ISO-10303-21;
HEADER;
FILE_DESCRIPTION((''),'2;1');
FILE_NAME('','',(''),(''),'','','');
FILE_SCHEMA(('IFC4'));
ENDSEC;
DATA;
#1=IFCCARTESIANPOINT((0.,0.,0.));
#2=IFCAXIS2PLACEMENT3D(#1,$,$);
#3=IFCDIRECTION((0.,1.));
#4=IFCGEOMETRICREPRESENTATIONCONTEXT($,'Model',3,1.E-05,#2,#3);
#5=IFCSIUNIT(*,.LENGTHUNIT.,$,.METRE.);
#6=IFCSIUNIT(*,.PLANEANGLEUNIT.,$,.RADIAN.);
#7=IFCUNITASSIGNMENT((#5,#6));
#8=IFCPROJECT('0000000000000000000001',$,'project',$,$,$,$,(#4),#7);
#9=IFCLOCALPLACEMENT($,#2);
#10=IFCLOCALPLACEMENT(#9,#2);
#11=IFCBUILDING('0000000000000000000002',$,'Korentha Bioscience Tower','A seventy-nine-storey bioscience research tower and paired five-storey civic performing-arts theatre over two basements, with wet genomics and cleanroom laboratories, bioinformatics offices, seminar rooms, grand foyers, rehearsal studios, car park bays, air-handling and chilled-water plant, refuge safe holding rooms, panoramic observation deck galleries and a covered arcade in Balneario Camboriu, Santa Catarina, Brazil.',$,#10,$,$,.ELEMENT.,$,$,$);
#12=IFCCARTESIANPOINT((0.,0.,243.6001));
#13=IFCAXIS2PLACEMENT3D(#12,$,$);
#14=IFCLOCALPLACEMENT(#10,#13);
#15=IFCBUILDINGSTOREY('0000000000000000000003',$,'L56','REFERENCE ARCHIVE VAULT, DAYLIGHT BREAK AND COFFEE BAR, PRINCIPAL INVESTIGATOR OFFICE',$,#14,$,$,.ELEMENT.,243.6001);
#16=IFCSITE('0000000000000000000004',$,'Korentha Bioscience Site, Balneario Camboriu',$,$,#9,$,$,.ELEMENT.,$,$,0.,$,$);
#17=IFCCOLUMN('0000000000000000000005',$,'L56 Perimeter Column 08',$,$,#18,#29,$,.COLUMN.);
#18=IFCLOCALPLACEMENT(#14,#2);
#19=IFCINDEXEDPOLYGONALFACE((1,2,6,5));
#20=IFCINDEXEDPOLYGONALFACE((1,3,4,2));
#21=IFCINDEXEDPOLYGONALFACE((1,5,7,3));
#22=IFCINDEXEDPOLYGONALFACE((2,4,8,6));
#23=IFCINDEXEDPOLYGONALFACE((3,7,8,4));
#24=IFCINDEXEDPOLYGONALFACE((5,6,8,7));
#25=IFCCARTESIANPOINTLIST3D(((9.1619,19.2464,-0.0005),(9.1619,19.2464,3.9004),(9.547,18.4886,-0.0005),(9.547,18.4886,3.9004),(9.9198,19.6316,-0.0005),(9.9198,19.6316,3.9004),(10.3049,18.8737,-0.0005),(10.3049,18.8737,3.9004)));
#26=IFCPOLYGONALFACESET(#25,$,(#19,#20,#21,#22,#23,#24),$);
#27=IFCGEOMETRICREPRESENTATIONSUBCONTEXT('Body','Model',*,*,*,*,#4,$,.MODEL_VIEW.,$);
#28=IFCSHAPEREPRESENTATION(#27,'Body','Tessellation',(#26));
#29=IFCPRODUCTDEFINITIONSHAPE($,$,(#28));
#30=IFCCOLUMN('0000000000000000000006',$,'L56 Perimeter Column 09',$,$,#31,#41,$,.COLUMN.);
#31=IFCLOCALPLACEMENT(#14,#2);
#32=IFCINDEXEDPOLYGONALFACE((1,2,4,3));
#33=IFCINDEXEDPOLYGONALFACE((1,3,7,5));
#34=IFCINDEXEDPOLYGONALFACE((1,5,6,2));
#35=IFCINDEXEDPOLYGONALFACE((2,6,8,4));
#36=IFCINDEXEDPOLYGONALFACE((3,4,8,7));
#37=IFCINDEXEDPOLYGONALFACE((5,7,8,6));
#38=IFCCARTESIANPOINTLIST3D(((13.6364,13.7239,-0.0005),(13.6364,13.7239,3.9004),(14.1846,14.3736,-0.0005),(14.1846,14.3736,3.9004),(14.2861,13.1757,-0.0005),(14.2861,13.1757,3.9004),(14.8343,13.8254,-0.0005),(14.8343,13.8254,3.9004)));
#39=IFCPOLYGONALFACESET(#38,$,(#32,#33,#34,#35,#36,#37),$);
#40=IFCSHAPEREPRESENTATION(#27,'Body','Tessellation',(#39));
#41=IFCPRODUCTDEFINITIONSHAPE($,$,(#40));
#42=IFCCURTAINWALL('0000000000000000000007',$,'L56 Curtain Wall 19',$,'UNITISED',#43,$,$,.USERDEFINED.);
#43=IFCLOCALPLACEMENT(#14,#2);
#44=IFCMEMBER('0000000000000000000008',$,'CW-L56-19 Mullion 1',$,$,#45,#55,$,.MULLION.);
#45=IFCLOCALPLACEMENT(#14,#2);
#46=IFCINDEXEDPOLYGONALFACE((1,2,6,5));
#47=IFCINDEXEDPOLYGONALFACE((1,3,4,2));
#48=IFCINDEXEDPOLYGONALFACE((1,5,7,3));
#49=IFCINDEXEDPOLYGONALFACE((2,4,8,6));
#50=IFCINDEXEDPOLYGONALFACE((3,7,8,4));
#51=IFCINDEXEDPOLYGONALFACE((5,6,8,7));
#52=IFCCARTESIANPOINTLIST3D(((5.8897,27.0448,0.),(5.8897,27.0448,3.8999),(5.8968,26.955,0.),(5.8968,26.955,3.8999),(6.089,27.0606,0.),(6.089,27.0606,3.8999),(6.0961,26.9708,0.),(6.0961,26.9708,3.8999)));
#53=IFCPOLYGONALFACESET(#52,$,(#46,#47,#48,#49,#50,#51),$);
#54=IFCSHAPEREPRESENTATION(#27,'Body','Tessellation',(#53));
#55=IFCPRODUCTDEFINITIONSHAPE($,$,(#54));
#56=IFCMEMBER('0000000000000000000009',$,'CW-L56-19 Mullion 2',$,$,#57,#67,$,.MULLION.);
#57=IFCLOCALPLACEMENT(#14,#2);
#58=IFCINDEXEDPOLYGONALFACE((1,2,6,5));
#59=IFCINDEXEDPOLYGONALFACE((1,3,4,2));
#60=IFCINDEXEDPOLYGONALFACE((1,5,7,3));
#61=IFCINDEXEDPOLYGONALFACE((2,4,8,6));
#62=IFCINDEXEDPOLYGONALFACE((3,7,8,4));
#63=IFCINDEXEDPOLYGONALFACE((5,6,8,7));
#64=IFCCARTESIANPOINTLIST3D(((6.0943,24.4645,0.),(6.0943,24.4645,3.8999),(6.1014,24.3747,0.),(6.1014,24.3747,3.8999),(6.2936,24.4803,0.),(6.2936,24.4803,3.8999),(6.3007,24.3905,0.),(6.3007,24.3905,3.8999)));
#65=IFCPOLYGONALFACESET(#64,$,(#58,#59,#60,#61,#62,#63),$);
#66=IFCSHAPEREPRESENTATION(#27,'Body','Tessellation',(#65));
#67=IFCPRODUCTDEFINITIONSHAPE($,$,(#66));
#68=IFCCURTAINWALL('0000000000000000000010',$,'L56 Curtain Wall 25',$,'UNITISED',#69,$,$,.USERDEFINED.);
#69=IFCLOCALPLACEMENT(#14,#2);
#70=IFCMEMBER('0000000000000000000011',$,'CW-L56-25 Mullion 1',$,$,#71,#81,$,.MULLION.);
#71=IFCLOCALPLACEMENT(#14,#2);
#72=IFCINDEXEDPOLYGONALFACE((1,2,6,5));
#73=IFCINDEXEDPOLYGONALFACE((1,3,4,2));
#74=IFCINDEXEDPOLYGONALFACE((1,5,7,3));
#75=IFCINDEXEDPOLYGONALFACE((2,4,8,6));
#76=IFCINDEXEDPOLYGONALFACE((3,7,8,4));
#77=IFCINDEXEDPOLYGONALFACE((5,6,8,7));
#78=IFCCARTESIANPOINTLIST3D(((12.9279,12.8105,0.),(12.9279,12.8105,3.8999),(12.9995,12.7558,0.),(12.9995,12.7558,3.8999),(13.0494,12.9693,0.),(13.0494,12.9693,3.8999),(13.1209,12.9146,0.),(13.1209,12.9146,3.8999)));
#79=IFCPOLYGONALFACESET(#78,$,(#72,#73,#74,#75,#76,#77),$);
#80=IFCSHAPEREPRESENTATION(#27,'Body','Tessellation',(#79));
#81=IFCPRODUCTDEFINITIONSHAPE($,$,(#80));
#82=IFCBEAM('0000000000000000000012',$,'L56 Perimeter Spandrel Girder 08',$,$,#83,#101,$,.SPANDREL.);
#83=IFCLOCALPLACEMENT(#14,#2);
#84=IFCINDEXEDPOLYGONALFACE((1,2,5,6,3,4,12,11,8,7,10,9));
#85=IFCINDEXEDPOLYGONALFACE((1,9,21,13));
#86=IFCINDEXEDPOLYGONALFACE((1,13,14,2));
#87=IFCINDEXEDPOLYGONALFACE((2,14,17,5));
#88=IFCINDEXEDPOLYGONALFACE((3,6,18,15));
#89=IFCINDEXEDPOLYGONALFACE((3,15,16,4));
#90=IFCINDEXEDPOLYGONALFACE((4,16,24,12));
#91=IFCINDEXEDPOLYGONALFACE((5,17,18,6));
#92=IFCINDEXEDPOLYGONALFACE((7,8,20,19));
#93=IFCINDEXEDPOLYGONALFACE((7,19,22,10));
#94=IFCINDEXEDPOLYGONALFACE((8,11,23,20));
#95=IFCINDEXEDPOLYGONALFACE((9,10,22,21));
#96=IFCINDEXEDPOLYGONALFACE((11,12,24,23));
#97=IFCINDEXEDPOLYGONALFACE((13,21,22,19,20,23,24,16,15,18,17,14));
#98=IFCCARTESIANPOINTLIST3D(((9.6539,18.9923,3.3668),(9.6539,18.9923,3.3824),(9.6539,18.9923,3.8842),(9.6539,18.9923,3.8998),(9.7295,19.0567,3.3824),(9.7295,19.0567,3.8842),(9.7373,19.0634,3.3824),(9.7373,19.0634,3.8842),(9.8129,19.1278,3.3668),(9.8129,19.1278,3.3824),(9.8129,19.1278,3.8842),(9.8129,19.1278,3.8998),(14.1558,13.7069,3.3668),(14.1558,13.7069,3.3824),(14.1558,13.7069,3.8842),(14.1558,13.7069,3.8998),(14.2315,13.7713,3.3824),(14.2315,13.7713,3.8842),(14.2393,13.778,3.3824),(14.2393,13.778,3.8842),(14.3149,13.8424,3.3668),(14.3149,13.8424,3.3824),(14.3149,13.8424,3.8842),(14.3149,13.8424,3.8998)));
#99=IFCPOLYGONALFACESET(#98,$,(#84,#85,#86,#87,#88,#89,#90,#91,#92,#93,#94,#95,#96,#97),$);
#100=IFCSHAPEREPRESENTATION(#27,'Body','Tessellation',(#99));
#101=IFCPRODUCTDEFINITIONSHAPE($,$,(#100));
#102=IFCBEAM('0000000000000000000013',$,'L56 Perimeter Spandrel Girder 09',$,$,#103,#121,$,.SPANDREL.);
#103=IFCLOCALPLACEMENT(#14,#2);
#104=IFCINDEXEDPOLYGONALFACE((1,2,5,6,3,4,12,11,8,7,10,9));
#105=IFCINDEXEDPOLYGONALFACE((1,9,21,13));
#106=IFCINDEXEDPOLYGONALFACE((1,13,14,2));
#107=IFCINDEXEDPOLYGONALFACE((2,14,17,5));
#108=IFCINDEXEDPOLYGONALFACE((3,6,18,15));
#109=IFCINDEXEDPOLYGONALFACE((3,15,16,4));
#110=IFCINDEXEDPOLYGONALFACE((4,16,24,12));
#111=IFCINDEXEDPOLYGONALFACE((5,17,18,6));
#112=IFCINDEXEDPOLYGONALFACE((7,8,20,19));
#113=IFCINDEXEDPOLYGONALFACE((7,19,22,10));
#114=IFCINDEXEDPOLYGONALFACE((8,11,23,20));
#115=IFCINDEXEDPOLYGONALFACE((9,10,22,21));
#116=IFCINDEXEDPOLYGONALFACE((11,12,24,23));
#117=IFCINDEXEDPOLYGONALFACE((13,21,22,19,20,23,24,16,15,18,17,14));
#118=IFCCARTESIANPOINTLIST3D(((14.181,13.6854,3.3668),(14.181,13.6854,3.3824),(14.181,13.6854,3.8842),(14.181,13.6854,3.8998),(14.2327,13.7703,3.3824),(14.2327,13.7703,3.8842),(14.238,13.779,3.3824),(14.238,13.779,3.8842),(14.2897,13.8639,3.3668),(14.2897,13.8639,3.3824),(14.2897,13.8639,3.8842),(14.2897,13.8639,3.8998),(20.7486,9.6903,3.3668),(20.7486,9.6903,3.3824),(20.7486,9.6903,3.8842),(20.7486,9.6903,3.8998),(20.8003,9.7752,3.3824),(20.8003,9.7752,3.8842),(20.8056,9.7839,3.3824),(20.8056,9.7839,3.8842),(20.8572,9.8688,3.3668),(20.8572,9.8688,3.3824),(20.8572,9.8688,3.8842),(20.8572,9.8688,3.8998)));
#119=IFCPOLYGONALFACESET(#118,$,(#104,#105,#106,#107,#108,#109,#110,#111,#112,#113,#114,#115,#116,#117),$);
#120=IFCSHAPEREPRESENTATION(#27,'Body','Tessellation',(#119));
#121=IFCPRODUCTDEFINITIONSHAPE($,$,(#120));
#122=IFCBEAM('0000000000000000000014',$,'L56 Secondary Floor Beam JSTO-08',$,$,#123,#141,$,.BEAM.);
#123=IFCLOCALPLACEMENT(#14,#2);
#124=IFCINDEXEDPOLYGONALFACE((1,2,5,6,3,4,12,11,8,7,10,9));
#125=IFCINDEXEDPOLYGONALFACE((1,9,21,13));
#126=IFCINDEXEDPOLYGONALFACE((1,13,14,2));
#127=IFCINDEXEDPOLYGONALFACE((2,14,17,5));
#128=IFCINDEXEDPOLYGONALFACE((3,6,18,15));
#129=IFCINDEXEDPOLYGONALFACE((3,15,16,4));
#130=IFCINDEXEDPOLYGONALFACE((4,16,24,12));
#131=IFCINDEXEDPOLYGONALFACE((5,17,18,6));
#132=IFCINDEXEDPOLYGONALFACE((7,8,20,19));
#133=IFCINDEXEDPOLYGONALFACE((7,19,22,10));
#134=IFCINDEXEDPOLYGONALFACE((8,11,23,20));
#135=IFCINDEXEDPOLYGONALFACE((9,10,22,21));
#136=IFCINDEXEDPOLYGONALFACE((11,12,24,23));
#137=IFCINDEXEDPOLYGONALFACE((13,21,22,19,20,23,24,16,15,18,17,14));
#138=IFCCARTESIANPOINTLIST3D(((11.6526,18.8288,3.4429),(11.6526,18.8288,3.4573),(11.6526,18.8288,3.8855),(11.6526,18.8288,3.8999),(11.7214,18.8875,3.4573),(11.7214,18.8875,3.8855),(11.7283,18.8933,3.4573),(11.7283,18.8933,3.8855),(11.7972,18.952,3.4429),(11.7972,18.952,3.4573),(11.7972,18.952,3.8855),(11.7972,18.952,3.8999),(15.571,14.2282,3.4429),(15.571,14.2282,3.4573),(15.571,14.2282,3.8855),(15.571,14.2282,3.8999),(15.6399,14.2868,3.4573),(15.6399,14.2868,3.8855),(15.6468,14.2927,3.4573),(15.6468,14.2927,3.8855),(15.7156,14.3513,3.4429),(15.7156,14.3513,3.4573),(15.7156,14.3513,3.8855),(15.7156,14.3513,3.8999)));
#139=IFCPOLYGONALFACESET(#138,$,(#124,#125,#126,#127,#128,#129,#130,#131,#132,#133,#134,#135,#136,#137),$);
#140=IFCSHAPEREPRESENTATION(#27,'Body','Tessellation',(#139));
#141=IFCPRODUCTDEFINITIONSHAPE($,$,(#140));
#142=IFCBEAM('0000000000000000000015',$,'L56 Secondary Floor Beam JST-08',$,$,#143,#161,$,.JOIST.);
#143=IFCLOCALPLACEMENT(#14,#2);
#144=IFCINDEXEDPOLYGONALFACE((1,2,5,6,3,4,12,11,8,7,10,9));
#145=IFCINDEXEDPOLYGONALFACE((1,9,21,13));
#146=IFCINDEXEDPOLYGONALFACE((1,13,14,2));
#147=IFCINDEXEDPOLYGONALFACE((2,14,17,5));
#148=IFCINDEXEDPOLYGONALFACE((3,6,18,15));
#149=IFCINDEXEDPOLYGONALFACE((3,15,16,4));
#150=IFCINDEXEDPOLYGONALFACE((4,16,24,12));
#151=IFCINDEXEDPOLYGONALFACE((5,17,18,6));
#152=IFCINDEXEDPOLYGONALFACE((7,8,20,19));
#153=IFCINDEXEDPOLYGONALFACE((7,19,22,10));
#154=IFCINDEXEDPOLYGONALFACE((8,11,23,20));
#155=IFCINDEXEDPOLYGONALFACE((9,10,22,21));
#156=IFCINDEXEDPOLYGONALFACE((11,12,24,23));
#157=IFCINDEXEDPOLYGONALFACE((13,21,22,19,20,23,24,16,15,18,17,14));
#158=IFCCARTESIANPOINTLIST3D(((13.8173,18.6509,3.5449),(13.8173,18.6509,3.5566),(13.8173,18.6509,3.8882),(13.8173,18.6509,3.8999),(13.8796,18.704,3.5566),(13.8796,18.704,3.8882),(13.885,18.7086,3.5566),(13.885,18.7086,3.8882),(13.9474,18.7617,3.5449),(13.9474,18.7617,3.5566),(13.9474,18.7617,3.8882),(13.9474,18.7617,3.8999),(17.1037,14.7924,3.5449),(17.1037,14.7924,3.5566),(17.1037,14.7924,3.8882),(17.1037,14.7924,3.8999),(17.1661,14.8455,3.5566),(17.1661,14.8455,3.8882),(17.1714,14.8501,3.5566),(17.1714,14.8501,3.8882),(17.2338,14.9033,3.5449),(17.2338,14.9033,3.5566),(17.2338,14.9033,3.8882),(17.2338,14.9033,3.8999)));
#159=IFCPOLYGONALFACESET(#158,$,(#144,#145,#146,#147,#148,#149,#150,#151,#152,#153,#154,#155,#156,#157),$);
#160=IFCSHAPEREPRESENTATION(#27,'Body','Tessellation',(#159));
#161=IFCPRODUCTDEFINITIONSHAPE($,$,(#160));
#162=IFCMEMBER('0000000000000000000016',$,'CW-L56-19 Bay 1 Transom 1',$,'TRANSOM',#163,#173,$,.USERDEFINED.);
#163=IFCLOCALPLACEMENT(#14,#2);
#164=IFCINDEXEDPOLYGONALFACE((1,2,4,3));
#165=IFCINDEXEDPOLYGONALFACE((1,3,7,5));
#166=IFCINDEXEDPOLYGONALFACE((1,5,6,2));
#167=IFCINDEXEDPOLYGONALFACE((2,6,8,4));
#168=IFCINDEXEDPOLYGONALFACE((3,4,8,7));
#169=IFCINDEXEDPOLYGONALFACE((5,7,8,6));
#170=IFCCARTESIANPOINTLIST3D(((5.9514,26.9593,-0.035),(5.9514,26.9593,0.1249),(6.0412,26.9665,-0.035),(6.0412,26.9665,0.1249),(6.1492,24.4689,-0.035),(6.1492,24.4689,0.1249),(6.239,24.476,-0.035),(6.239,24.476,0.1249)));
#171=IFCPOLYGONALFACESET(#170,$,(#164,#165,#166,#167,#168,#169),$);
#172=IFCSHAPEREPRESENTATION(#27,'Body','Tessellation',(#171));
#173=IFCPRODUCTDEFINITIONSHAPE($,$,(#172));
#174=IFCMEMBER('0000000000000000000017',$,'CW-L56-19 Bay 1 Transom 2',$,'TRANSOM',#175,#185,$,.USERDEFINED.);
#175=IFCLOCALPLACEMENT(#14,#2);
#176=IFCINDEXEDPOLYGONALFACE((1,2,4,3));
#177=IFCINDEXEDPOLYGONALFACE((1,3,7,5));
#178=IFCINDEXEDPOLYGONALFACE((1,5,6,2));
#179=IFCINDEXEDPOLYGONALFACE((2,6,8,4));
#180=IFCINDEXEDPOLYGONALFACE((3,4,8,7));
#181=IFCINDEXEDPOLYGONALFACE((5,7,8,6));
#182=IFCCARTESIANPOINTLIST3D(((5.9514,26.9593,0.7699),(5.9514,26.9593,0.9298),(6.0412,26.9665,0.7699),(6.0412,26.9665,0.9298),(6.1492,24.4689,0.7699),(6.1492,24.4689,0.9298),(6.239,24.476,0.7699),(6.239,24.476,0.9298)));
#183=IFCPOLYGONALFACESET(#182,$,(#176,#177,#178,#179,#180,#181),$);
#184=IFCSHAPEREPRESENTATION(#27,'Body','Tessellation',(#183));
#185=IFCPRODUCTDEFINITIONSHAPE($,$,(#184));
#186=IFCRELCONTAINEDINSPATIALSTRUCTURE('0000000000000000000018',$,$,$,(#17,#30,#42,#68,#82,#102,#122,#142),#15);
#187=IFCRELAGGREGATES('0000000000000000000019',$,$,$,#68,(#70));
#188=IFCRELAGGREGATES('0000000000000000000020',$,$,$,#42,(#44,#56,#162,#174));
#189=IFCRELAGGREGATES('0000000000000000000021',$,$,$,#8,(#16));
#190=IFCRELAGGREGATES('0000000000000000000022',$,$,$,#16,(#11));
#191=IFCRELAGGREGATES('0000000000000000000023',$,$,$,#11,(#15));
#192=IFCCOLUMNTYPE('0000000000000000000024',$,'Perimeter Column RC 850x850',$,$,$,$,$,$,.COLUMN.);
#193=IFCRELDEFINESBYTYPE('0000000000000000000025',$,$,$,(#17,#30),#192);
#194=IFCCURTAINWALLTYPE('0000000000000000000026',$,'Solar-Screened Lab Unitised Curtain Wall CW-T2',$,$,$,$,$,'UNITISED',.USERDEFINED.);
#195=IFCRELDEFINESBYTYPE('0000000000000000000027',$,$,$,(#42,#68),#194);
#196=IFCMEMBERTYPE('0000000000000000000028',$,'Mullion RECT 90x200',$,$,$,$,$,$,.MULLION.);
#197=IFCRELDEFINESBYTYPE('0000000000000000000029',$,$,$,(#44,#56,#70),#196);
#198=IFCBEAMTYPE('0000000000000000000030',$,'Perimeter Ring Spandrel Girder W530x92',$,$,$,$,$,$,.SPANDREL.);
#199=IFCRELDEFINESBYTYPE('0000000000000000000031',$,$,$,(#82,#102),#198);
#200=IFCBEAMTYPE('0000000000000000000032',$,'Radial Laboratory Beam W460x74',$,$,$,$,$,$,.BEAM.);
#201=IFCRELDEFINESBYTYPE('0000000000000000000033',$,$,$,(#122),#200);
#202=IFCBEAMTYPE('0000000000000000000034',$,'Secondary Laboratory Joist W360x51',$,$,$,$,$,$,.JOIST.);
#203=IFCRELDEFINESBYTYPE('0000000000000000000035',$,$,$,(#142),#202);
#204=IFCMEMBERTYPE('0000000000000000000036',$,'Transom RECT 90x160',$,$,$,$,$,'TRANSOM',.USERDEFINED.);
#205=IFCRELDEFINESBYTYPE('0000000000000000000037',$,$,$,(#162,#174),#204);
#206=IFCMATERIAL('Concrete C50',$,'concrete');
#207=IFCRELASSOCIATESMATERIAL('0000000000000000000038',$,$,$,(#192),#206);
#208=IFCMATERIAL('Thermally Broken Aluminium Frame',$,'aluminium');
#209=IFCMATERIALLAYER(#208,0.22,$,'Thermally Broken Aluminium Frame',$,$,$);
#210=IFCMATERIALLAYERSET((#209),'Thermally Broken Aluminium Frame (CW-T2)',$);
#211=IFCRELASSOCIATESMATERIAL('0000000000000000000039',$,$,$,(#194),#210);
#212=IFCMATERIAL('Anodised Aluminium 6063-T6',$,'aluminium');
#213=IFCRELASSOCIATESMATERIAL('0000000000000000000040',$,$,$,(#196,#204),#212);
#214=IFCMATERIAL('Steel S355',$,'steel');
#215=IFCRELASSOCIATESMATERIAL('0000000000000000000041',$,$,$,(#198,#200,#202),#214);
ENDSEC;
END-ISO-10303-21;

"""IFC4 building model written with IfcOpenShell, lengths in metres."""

from ifc_helpers import new_model, si_unit, direction, frame, origin, origin_2d, place, context, subcontext, project, spatial, rectangle, i_section, extrude, material, layer, layer_set, material_profile, profile_set, type_object, element, aggregate, save


model = new_model("IFC4")

# Units and contexts
model_context = context("Model", 3, precision=1e-05, world=origin(), true_north=direction((0.0, 1.0)))
body_context = subcontext(model_context, "Body", "Model", "MODEL_VIEW")
ifc_project = project(units=[si_unit("LENGTHUNIT", "METRE"), si_unit("PLANEANGLEUNIT", "RADIAN")], contexts=[model_context])

# Site, building, storey
site_placement = place(None, origin())
site = spatial("IfcSite", under=ifc_project, at=site_placement, Name="Korentha Bioscience Site, Balneario Camboriu", CompositionType="ELEMENT", RefElevation=0.0)
building_placement = place(site_placement, origin())
building = spatial("IfcBuilding", under=site, at=building_placement, Name="Korentha Bioscience Tower", Description="A seventy-nine-storey bioscience research tower and paired five-storey civic performing-arts theatre over two basements, with wet genomics and cleanroom laboratories, bioinformatics offices, seminar rooms, grand foyers, rehearsal studios, car park bays, air-handling and chilled-water plant, refuge safe holding rooms, panoramic observation deck galleries and a covered arcade in Balneario Camboriu, Santa Catarina, Brazil.", CompositionType="ELEMENT")
storey_placement = place(building_placement, frame((0.0, 0.0, 243.6001)))
storey = spatial("IfcBuildingStorey", under=building, at=storey_placement, Name="L56", Description="REFERENCE ARCHIVE VAULT, DAYLIGHT BREAK AND COFFEE BAR, PRINCIPAL INVESTIGATOR OFFICE", CompositionType="ELEMENT", Elevation=243.6001)

# Columns
ifc_material_1 = material(Name="Concrete C50", Category="concrete")
ifc_material_profile_1 = material_profile(ifc_material_1, rectangle(XDim=0.8501, YDim=0.8501, at=origin_2d()), Name="Concrete C50")
ifc_profile_set_1 = profile_set([ifc_material_profile_1], Name="Concrete C50 (COL-P08)")
column_type = type_object("IfcColumnType", Name="Perimeter Column RC 850x850", PredefinedType="COLUMN", material=ifc_profile_set_1)
for number, where, z_axis, x_axis, name in (
    (1, (9.7334, 19.0601, -0.0005), (0.0, 0.0, 1.0), (-0.453057, 0.891481, 0.0), "L56 Perimeter Column 08"),
    (2, (14.2354, 13.7747, -0.0005), (0.0, 0.0, 1.0), (-0.764246, 0.644924, 0.0), "L56 Perimeter Column 09"),
):
    element("IfcColumn", number, at=place(storey_placement, frame(where, z_axis=z_axis, x_axis=x_axis)), inside=storey, type_object=column_type, Name=name, PredefinedType="COLUMN", context=body_context, shape_type="SweptSolid", body=[
        extrude(rectangle(XDim=0.8501, YDim=0.8501, at=origin_2d()), origin(), (0.0, 0.0, 1.0), 3.9009),
    ])

# Curtain wall, members
ifc_material_2 = material(Name="Thermally Broken Aluminium Frame", Category="aluminium")
ifc_layer_1 = layer(ifc_material_2, 0.22, Name="Thermally Broken Aluminium Frame")
ifc_layer_set_1 = layer_set([ifc_layer_1], Name="Thermally Broken Aluminium Frame (CW-T2)")
curtain_wall_type = type_object("IfcCurtainWallType", Name="Solar-Screened Lab Unitised Curtain Wall CW-T2", ElementType="UNITISED", PredefinedType="USERDEFINED", material=ifc_layer_set_1)
curtain_wall_1_placement = place(storey_placement, origin())
curtain_wall_1 = element("IfcCurtainWall", 3, at=curtain_wall_1_placement, inside=storey, type_object=curtain_wall_type, Name="L56 Curtain Wall 19", ObjectType="UNITISED", PredefinedType="USERDEFINED")
ifc_material_3 = material(Name="Anodised Aluminium 6063-T6", Category="aluminium")
ifc_material_profile_2 = material_profile(ifc_material_3, rectangle(XDim=0.0901, YDim=0.2, at=origin_2d()), Name="Anodised Aluminium 6063-T6")
ifc_profile_set_2 = profile_set([ifc_material_profile_2], Name="Anodised Aluminium 6063-T6 (CW-MUL)")
member_type_1 = type_object("IfcMemberType", Name="Mullion RECT 90x200", PredefinedType="MULLION", material=ifc_profile_set_2)
member_1_placement = place(storey_placement, frame((5.9929, 27.0078, 0.0), z_axis=(0.0, 0.0, 1.0), x_axis=(0.079117, -0.996865, 0.0)))
member_1 = element("IfcMember", 4, at=member_1_placement, type_object=member_type_1, Name="CW-L56-19 Mullion 1", PredefinedType="MULLION", context=body_context, shape_type="SweptSolid", body=[
    extrude(rectangle(XDim=0.0901, YDim=0.2, at=origin_2d()), origin(), (0.0, 0.0, 1.0), 3.8999),
])
member_2_placement = place(storey_placement, frame((6.1975, 24.4275, 0.0), z_axis=(0.0, 0.0, 1.0), x_axis=(0.079117, -0.996865, 0.0)))
member_2 = element("IfcMember", 5, at=member_2_placement, type_object=member_type_1, Name="CW-L56-19 Mullion 2", PredefinedType="MULLION", context=body_context, shape_type="SweptSolid", body=[
    extrude(rectangle(XDim=0.0901, YDim=0.2, at=origin_2d()), origin(), (0.0, 0.0, 1.0), 3.8999),
])

# Curtain wall, member
curtain_wall_2_placement = place(storey_placement, origin())
curtain_wall_2 = element("IfcCurtainWall", 6, at=curtain_wall_2_placement, inside=storey, type_object=curtain_wall_type, Name="L56 Curtain Wall 25", ObjectType="UNITISED", PredefinedType="USERDEFINED")
member_3_placement = place(storey_placement, frame((13.0244, 12.8625, 0.0), z_axis=(0.0, 0.0, 1.0), x_axis=(0.794382, -0.607418, 0.0)))
member_3 = element("IfcMember", 7, at=member_3_placement, type_object=member_type_1, Name="CW-L56-25 Mullion 1", PredefinedType="MULLION", context=body_context, shape_type="SweptSolid", body=[
    extrude(rectangle(XDim=0.0901, YDim=0.2, at=origin_2d()), origin(), (0.0, 0.0, 1.0), 3.8999),
])

# Beams
ifc_material_4 = material(Name="Steel S355", Category="steel")
ifc_material_profile_3 = material_profile(ifc_material_4, i_section(OverallWidth=0.209, OverallDepth=0.533, WebThickness=0.0103, FlangeThickness=0.0156, at=origin_2d()), Name="Steel S355")
ifc_profile_set_3 = profile_set([ifc_material_profile_3], Name="Steel S355 (SB-530)")
beam_type_1 = type_object("IfcBeamType", Name="Perimeter Ring Spandrel Girder W530x92", PredefinedType="SPANDREL", material=ifc_profile_set_3)
beam_1_placement = place(storey_placement, frame((9.7334, 19.0601, 3.6333), z_axis=(0.648431, -0.761273, 0.0), x_axis=(0.761273, 0.648431, 0.0)))
element("IfcBeam", 8, at=beam_1_placement, inside=storey, type_object=beam_type_1, Name="L56 Perimeter Spandrel Girder 08", PredefinedType="SPANDREL", context=body_context, shape_type="SweptSolid", body=[
    extrude(i_section(OverallWidth=0.209, OverallDepth=0.533, WebThickness=0.0103, FlangeThickness=0.0156, at=origin_2d()), origin(), (0.0, 0.0, 1.0), 6.9429),
])
beam_2_placement = place(storey_placement, frame((14.2354, 13.7747, 3.6333), z_axis=(0.854347, -0.519703, 0.0), x_axis=(0.519703, 0.854347, 0.0)))
element("IfcBeam", 9, at=beam_2_placement, inside=storey, type_object=beam_type_1, Name="L56 Perimeter Spandrel Girder 09", PredefinedType="SPANDREL", context=body_context, shape_type="SweptSolid", body=[
    extrude(i_section(OverallWidth=0.209, OverallDepth=0.533, WebThickness=0.0103, FlangeThickness=0.0156, at=origin_2d()), origin(), (0.0, 0.0, 1.0), 7.6873),
])
ifc_material_profile_4 = material_profile(ifc_material_4, i_section(OverallWidth=0.1899, OverallDepth=0.457, WebThickness=0.009, FlangeThickness=0.0144, at=origin_2d()), Name="Steel S355")
ifc_profile_set_4 = profile_set([ifc_material_profile_4], Name="Steel S355 (RB-460)")
beam_type_2 = type_object("IfcBeamType", Name="Radial Laboratory Beam W460x74", PredefinedType="BEAM", material=ifc_profile_set_4)
beam_3_placement = place(storey_placement, frame((11.7249, 18.8904, 3.6714), z_axis=(0.648413, -0.761289, 0.0), x_axis=(0.761289, 0.648413, 0.0)))
element("IfcBeam", 10, at=beam_3_placement, inside=storey, type_object=beam_type_2, Name="L56 Secondary Floor Beam JSTO-08", PredefinedType="BEAM", context=body_context, shape_type="SweptSolid", body=[
    extrude(i_section(OverallWidth=0.1899, OverallDepth=0.457, WebThickness=0.009, FlangeThickness=0.0144, at=origin_2d()), origin(), (0.0, 0.0, 1.0), 6.0432),
])
ifc_material_profile_5 = material_profile(ifc_material_4, i_section(OverallWidth=0.1709, OverallDepth=0.355, WebThickness=0.0071, FlangeThickness=0.0117, at=origin_2d()), Name="Steel S355")
ifc_profile_set_5 = profile_set([ifc_material_profile_5], Name="Steel S355 (JB-360)")
beam_type_3 = type_object("IfcBeamType", Name="Secondary Laboratory Joist W360x51", PredefinedType="JOIST", material=ifc_profile_set_5)
beam_4_placement = place(storey_placement, frame((13.8823, 18.7063, 3.7224), z_axis=(0.64842, -0.761283, 0.0), x_axis=(0.761283, 0.64842, 0.0)))
element("IfcBeam", 11, at=beam_4_placement, inside=storey, type_object=beam_type_3, Name="L56 Secondary Floor Beam JST-08", PredefinedType="JOIST", context=body_context, shape_type="SweptSolid", body=[
    extrude(i_section(OverallWidth=0.1709, OverallDepth=0.355, WebThickness=0.0071, FlangeThickness=0.0117, at=origin_2d()), origin(), (0.0, 0.0, 1.0), 5.0684),
])

# Members
ifc_material_profile_6 = material_profile(ifc_material_3, rectangle(XDim=0.0901, YDim=0.1599, at=origin_2d()), Name="Anodised Aluminium 6063-T6")
ifc_profile_set_6 = profile_set([ifc_material_profile_6], Name="Anodised Aluminium 6063-T6 (CW-TRN)")
member_type_2 = type_object("IfcMemberType", Name="Transom RECT 90x160", ElementType="TRANSOM", PredefinedType="USERDEFINED", material=ifc_profile_set_6)
member_4_placement = place(storey_placement, frame((5.9963, 26.9629, 0.0449), z_axis=(0.079155, -0.996862, 0.0), x_axis=(0.996862, 0.079155, 0.0)))
member_4 = element("IfcMember", 12, at=member_4_placement, type_object=member_type_2, Name="CW-L56-19 Bay 1 Transom 1", ObjectType="TRANSOM", PredefinedType="USERDEFINED", context=body_context, shape_type="SweptSolid", body=[
    extrude(rectangle(XDim=0.0901, YDim=0.1599, at=origin_2d()), origin(), (0.0, 0.0, 1.0), 2.4983),
])
member_5_placement = place(storey_placement, frame((5.9963, 26.9629, 0.8499), z_axis=(0.079155, -0.996862, 0.0), x_axis=(0.996862, 0.079155, 0.0)))
member_5 = element("IfcMember", 13, at=member_5_placement, type_object=member_type_2, Name="CW-L56-19 Bay 1 Transom 2", ObjectType="TRANSOM", PredefinedType="USERDEFINED", context=body_context, shape_type="SweptSolid", body=[
    extrude(rectangle(XDim=0.0901, YDim=0.1599, at=origin_2d()), origin(), (0.0, 0.0, 1.0), 2.4983),
])
aggregate(curtain_wall_2, [member_3])

aggregate(curtain_wall_1, [member_1, member_2, member_4, member_5])

save(model, "model.ifc")
